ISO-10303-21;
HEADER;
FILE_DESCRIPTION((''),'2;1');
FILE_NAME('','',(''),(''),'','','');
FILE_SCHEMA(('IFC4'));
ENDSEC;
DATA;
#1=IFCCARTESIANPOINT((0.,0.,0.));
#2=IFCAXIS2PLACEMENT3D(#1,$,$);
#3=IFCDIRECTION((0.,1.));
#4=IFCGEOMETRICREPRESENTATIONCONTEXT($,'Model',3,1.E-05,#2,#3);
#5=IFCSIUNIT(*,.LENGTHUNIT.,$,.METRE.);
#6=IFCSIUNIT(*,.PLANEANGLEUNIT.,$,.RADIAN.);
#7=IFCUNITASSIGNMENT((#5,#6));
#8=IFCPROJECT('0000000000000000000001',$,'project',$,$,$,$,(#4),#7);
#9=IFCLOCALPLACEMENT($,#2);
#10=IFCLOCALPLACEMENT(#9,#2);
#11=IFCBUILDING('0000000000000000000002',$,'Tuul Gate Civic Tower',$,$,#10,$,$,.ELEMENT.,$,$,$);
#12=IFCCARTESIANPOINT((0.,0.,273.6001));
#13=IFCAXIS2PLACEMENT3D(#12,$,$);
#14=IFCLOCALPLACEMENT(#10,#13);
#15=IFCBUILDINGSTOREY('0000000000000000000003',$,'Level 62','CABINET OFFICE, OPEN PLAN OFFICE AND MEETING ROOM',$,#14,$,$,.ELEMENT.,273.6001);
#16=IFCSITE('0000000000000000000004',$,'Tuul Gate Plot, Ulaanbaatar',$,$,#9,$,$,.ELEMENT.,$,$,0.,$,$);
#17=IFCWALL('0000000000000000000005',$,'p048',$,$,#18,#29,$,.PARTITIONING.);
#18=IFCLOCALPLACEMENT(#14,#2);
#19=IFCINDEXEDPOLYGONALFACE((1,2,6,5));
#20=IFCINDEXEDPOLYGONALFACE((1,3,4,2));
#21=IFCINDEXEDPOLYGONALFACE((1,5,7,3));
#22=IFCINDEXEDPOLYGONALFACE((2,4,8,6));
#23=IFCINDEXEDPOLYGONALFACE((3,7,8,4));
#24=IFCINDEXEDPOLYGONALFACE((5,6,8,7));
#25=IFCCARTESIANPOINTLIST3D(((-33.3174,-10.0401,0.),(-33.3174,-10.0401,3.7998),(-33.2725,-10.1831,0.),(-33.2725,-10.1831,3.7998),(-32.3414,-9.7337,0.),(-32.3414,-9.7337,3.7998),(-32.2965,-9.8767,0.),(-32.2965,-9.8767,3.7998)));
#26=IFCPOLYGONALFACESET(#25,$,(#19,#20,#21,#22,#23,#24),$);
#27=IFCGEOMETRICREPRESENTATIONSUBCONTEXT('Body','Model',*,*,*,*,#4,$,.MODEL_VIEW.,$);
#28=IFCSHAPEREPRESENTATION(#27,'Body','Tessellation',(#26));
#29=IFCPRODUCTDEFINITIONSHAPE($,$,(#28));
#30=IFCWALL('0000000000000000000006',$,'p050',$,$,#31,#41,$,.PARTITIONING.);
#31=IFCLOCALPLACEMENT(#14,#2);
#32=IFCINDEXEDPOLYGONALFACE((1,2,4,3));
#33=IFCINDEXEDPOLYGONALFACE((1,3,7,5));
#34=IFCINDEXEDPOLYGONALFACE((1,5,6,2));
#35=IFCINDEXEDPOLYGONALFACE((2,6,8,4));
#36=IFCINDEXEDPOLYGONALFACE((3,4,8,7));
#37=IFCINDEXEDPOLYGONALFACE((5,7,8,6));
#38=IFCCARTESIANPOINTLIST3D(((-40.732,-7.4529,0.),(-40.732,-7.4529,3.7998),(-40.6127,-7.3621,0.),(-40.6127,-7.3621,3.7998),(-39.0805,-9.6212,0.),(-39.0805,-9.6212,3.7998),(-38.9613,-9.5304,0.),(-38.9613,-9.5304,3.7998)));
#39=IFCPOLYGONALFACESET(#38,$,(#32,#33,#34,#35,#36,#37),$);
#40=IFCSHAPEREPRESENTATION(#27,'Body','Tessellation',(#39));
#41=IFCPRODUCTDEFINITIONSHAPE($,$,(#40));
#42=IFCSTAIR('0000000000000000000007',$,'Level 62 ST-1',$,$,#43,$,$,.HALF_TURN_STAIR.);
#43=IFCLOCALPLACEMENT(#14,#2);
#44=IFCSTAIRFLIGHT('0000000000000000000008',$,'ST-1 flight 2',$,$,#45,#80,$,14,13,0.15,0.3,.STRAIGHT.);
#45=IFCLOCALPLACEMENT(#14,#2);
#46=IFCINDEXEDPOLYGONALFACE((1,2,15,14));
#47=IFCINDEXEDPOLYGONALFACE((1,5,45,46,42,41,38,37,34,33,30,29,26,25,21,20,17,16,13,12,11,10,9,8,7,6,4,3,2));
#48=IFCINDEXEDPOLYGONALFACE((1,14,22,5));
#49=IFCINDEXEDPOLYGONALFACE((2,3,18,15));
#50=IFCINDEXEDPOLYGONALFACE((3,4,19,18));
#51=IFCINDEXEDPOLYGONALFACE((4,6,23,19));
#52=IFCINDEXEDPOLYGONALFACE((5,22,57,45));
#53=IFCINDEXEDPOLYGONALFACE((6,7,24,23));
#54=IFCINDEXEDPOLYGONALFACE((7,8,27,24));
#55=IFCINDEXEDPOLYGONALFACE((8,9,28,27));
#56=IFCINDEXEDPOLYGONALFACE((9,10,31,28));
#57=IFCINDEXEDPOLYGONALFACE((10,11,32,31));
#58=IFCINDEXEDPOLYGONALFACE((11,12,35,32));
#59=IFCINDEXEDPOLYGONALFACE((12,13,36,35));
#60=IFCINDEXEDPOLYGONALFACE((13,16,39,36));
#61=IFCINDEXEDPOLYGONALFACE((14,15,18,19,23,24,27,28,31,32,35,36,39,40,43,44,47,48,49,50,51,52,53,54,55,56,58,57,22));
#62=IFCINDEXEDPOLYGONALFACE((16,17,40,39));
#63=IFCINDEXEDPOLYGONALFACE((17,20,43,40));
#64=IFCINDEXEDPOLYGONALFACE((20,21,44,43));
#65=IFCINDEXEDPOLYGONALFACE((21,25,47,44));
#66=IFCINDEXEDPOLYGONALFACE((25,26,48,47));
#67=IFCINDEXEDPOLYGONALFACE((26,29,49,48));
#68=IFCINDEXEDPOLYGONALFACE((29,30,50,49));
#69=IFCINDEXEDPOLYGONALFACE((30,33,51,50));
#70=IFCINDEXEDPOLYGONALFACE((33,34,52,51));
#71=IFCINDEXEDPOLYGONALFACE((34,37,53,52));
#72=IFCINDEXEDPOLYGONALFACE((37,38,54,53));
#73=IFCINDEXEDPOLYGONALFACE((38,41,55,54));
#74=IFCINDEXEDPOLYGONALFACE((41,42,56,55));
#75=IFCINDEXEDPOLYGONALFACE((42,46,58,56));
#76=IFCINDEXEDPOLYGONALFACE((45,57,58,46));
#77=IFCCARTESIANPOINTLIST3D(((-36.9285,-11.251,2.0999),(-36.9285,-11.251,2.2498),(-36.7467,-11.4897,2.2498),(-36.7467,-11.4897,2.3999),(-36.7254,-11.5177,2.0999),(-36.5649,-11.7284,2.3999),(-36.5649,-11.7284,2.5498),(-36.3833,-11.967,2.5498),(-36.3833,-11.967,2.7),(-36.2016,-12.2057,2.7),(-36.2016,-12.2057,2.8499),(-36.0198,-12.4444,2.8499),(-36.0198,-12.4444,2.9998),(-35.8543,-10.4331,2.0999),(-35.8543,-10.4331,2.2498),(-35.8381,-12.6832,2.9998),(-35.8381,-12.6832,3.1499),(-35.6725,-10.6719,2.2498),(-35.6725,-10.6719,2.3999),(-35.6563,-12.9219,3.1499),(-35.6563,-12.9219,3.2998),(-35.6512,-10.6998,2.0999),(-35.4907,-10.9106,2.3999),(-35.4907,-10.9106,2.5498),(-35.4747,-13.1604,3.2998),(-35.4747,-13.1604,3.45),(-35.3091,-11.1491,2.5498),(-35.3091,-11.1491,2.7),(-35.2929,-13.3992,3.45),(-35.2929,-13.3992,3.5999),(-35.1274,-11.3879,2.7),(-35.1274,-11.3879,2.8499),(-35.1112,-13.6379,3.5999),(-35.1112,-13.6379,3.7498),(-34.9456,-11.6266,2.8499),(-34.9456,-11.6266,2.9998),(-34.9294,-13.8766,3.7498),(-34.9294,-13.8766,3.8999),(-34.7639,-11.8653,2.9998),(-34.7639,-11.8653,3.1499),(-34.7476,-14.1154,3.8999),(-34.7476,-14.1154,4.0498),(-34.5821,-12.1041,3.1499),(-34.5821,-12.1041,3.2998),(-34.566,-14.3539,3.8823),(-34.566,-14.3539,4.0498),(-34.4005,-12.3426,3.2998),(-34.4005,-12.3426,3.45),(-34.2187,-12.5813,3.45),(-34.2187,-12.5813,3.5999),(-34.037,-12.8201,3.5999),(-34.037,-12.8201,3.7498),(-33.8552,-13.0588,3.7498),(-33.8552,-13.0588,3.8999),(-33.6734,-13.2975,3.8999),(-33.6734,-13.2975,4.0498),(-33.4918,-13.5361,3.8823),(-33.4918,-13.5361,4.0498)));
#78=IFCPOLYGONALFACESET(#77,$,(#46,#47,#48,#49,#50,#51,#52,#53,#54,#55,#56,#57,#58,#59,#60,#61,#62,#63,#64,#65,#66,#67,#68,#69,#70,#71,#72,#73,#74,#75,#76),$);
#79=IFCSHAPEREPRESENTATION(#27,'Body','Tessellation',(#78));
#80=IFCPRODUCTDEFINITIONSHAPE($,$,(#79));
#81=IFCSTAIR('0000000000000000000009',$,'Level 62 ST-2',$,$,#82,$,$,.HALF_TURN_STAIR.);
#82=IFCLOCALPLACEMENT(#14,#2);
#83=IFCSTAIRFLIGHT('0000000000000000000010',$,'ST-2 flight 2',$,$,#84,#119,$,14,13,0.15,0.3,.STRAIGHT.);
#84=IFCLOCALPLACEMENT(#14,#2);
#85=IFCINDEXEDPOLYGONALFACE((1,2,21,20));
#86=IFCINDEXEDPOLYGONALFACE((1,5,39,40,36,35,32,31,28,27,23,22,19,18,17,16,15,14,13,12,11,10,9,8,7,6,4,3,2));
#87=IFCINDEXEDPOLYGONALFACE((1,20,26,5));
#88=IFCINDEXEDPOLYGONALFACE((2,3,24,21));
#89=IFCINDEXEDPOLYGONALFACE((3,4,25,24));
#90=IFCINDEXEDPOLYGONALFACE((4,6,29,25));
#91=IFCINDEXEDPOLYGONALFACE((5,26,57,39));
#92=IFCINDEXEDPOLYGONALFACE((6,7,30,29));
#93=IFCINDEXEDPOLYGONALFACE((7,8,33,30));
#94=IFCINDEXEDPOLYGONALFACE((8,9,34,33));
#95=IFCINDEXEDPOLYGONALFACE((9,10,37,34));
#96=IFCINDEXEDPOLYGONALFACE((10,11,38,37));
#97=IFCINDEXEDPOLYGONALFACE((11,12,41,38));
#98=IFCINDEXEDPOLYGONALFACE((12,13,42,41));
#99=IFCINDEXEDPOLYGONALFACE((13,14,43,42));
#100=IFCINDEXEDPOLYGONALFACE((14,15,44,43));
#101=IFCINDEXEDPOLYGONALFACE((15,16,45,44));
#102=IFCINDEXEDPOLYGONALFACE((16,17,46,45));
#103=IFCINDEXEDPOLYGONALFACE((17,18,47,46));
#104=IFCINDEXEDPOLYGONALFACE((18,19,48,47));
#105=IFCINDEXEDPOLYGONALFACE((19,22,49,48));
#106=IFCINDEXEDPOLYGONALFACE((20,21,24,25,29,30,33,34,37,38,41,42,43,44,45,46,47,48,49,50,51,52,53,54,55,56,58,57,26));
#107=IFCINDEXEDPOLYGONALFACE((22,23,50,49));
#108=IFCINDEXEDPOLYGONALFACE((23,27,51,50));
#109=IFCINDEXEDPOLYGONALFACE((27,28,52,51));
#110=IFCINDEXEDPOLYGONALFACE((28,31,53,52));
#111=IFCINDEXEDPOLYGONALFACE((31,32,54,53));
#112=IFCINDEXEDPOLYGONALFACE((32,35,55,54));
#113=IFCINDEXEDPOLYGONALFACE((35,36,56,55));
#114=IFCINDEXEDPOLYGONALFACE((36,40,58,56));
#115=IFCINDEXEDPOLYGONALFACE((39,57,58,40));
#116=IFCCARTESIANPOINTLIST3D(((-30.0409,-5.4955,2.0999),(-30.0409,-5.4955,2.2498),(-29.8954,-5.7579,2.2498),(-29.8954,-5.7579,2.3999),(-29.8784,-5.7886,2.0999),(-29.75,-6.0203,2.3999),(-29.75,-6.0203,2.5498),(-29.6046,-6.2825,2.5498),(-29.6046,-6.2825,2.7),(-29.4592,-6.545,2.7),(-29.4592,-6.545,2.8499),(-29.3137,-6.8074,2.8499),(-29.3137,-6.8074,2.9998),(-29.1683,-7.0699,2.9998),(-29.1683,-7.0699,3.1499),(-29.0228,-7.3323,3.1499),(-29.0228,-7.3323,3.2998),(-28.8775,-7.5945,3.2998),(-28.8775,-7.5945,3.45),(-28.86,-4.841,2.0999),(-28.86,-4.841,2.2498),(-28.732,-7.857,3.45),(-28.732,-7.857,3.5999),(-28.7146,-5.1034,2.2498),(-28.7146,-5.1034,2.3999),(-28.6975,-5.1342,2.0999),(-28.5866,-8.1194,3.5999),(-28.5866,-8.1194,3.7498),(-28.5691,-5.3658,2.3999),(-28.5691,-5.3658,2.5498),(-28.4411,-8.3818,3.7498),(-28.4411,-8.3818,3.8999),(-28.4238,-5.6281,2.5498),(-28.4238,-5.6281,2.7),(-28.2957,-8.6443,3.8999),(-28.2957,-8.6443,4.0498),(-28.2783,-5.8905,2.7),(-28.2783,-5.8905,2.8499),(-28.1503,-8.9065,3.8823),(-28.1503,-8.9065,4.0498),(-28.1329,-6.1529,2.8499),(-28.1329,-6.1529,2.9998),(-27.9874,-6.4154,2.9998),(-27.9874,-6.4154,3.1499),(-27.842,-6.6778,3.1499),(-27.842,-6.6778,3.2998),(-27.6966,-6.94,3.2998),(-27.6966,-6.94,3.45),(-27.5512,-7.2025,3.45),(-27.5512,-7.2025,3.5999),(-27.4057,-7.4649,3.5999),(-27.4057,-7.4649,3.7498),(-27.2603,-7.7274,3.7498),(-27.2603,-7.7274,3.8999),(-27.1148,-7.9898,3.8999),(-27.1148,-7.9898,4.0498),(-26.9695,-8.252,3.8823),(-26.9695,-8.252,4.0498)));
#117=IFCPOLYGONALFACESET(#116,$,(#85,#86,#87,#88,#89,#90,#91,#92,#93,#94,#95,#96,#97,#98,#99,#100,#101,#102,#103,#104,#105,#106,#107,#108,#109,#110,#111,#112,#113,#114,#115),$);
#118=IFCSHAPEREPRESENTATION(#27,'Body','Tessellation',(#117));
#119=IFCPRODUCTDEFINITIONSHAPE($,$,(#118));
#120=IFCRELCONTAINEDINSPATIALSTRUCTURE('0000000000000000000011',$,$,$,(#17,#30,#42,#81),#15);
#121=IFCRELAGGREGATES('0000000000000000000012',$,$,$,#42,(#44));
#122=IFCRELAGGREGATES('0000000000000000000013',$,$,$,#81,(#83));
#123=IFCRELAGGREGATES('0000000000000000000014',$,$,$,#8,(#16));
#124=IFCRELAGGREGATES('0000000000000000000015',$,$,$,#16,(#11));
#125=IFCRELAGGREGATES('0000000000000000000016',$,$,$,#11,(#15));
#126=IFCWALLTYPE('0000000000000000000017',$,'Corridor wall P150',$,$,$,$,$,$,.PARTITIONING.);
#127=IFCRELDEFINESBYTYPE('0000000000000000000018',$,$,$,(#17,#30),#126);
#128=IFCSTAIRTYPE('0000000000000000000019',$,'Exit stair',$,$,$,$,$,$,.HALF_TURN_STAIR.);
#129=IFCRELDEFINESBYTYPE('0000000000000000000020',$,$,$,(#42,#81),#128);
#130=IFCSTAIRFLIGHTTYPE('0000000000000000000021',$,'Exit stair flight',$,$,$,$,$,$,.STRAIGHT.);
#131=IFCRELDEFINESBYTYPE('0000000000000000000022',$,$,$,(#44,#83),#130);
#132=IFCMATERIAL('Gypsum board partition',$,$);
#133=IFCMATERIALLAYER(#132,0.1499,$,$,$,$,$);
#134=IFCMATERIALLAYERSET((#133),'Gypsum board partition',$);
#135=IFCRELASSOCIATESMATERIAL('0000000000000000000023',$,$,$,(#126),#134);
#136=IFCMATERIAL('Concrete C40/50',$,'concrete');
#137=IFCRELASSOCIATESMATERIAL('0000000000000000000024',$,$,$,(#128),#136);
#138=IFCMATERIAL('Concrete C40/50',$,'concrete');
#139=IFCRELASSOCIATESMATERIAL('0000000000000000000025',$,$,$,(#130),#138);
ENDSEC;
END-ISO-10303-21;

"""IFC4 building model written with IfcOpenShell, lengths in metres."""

from ifc_helpers import new_model, si_unit, direction, frame, frame_2d, origin, place, context, subcontext, project, spatial, polyline, rectangle, outline, extrude, material, layer, layer_set, type_object, element, aggregate, save


model = new_model("IFC4")

# Units and contexts
model_context = context("Model", 3, precision=1e-05, world=origin(), true_north=direction((0.0, 1.0)))
body_context = subcontext(model_context, "Body", "Model", "MODEL_VIEW")
ifc_project = project(units=[si_unit("LENGTHUNIT", "METRE"), si_unit("PLANEANGLEUNIT", "RADIAN")], contexts=[model_context])

# Site, building, storey
site_placement = place(None, origin())
site = spatial("IfcSite", under=ifc_project, at=site_placement, Name="Tuul Gate Plot, Ulaanbaatar", CompositionType="ELEMENT", RefElevation=0.0)
building_placement = place(site_placement, origin())
building = spatial("IfcBuilding", under=site, at=building_placement, Name="Tuul Gate Civic Tower", CompositionType="ELEMENT")
storey_placement = place(building_placement, frame((0.0, 0.0, 273.6001)))
storey = spatial("IfcBuildingStorey", under=building, at=storey_placement, Name="Level 62", Description="CABINET OFFICE, OPEN PLAN OFFICE AND MEETING ROOM", CompositionType="ELEMENT", Elevation=273.6001)

# Walls
ifc_material_1 = material(Name="Gypsum board partition")
ifc_layer_1 = layer(ifc_material_1, 0.1499)
ifc_layer_set_1 = layer_set([ifc_layer_1], Name="Gypsum board partition")
wall_type_1 = type_object("IfcWallType", Name="Corridor wall P150", PredefinedType="PARTITIONING", material=ifc_layer_set_1)
wall_1_placement = place(storey_placement, frame((-33.2949, -10.1116, 0.0), z_axis=(0.0, 0.0, 1.0), x_axis=(0.954097, 0.299498, 0.0)))
element("IfcWall", 1, at=wall_1_placement, inside=storey, type_object=wall_type_1, Name="p048", PredefinedType="PARTITIONING", context=body_context, shape_type="SweptSolid", body=[
    extrude(rectangle(XDim=1.0229, YDim=0.1499, at=frame_2d((0.5115, 0.0))), origin(), (0.0, 0.0, 1.0), 3.7998),
])
wall_2_placement = place(storey_placement, frame((-40.6724, -7.4075, 0.0), z_axis=(0.0, 0.0, 1.0), x_axis=(0.605903, -0.795539, 0.0)))
element("IfcWall", 2, at=wall_2_placement, inside=storey, type_object=wall_type_1, Name="p050", PredefinedType="PARTITIONING", context=body_context, shape_type="SweptSolid", body=[
    extrude(rectangle(XDim=2.7256, YDim=0.1499, at=frame_2d((1.3628, 0.0))), origin(), (0.0, 0.0, 1.0), 3.7998),
])

# Stairs, stair flights
ifc_material_2 = material(Name="Concrete C40/50", Category="concrete")
stair_type = type_object("IfcStairType", Name="Exit stair", PredefinedType="HALF_TURN_STAIR", material=ifc_material_2)
stair_1_placement = place(storey_placement, origin())
stair_1 = element("IfcStair", 3, at=stair_1_placement, inside=storey, type_object=stair_type, Name="Level 62 ST-1", PredefinedType="HALF_TURN_STAIR")
ifc_material_3 = material(Name="Concrete C40/50", Category="concrete")
stair_flight_type = type_object("IfcStairFlightType", Name="Exit stair flight", PredefinedType="STRAIGHT", material=ifc_material_3)
stair_flight_1_placement = place(storey_placement, frame((-36.3914, -10.842, 2.0999), z_axis=(0.0, 0.0, 1.0), x_axis=(0.605764, -0.795644, 0.0)))
stair_flight_1 = element("IfcStairFlight", 4, at=stair_flight_1_placement, type_object=stair_flight_type, Name="ST-1 flight 2", NumberOfRisers=14, NumberOfTreads=13, PredefinedType="STRAIGHT", RiserHeight=0.15, TreadLength=0.3, context=body_context, shape_type="SweptSolid", body=[
    extrude(outline(polyline([(0.0, 0.0), (0.0, 0.1499), (0.3, 0.1499), (0.3, 0.3), (0.6001, 0.3), (0.6001, 0.45), (0.8999, 0.45), (0.8999, 0.6001), (1.2, 0.6001), (1.2, 0.75), (1.5, 0.75), (1.5, 0.8999), (1.8, 0.8999), (1.8, 1.05), (2.1001, 1.05), (2.1001, 1.2), (2.3999, 1.2), (2.3999, 1.3501), (2.7, 1.3501), (2.7, 1.5), (3.0, 1.5), (3.0, 1.6499), (3.3, 1.6499), (3.3, 1.8), (3.6001, 1.8), (3.6001, 1.95), (3.8999, 1.95), (3.8999, 2.1001), (3.8999, 1.7825), (0.3352, 0.0), (0.0, 0.0)])), frame((0.0, 0.675, 0.0), z_axis=(0.0, -1.0, 0.0), x_axis=(1.0, 0.0, 0.0)), (0.0, 0.0, 1.0), 1.3501),
])
aggregate(stair_1, [stair_flight_1])
stair_2_placement = place(storey_placement, origin())
stair_2 = element("IfcStair", 5, at=stair_2_placement, inside=storey, type_object=stair_type, Name="Level 62 ST-2", PredefinedType="HALF_TURN_STAIR")
stair_flight_2_placement = place(storey_placement, frame((-29.4504, -5.1682, 2.0999), z_axis=(0.0, 0.0, 1.0), x_axis=(0.484762, -0.874646, 0.0)))
stair_flight_2 = element("IfcStairFlight", 6, at=stair_flight_2_placement, type_object=stair_flight_type, Name="ST-2 flight 2", NumberOfRisers=14, NumberOfTreads=13, PredefinedType="STRAIGHT", RiserHeight=0.15, TreadLength=0.3, context=body_context, shape_type="SweptSolid", body=[
    extrude(outline(polyline([(0.0, 0.0), (0.0, 0.1499), (0.3, 0.1499), (0.3, 0.3), (0.6001, 0.3), (0.6001, 0.45), (0.8999, 0.45), (0.8999, 0.6001), (1.2, 0.6001), (1.2, 0.75), (1.5, 0.75), (1.5, 0.8999), (1.8, 0.8999), (1.8, 1.05), (2.1001, 1.05), (2.1001, 1.2), (2.3999, 1.2), (2.3999, 1.3501), (2.7, 1.3501), (2.7, 1.5), (3.0, 1.5), (3.0, 1.6499), (3.3, 1.6499), (3.3, 1.8), (3.6001, 1.8), (3.6001, 1.95), (3.8999, 1.95), (3.8999, 2.1001), (3.8999, 1.7825), (0.3352, 0.0), (0.0, 0.0)])), frame((0.0, 0.675, 0.0), z_axis=(0.0, -1.0, 0.0), x_axis=(1.0, 0.0, 0.0)), (0.0, 0.0, 1.0), 1.3501),
])
aggregate(stair_2, [stair_flight_2])

save(model, "model.ifc")
